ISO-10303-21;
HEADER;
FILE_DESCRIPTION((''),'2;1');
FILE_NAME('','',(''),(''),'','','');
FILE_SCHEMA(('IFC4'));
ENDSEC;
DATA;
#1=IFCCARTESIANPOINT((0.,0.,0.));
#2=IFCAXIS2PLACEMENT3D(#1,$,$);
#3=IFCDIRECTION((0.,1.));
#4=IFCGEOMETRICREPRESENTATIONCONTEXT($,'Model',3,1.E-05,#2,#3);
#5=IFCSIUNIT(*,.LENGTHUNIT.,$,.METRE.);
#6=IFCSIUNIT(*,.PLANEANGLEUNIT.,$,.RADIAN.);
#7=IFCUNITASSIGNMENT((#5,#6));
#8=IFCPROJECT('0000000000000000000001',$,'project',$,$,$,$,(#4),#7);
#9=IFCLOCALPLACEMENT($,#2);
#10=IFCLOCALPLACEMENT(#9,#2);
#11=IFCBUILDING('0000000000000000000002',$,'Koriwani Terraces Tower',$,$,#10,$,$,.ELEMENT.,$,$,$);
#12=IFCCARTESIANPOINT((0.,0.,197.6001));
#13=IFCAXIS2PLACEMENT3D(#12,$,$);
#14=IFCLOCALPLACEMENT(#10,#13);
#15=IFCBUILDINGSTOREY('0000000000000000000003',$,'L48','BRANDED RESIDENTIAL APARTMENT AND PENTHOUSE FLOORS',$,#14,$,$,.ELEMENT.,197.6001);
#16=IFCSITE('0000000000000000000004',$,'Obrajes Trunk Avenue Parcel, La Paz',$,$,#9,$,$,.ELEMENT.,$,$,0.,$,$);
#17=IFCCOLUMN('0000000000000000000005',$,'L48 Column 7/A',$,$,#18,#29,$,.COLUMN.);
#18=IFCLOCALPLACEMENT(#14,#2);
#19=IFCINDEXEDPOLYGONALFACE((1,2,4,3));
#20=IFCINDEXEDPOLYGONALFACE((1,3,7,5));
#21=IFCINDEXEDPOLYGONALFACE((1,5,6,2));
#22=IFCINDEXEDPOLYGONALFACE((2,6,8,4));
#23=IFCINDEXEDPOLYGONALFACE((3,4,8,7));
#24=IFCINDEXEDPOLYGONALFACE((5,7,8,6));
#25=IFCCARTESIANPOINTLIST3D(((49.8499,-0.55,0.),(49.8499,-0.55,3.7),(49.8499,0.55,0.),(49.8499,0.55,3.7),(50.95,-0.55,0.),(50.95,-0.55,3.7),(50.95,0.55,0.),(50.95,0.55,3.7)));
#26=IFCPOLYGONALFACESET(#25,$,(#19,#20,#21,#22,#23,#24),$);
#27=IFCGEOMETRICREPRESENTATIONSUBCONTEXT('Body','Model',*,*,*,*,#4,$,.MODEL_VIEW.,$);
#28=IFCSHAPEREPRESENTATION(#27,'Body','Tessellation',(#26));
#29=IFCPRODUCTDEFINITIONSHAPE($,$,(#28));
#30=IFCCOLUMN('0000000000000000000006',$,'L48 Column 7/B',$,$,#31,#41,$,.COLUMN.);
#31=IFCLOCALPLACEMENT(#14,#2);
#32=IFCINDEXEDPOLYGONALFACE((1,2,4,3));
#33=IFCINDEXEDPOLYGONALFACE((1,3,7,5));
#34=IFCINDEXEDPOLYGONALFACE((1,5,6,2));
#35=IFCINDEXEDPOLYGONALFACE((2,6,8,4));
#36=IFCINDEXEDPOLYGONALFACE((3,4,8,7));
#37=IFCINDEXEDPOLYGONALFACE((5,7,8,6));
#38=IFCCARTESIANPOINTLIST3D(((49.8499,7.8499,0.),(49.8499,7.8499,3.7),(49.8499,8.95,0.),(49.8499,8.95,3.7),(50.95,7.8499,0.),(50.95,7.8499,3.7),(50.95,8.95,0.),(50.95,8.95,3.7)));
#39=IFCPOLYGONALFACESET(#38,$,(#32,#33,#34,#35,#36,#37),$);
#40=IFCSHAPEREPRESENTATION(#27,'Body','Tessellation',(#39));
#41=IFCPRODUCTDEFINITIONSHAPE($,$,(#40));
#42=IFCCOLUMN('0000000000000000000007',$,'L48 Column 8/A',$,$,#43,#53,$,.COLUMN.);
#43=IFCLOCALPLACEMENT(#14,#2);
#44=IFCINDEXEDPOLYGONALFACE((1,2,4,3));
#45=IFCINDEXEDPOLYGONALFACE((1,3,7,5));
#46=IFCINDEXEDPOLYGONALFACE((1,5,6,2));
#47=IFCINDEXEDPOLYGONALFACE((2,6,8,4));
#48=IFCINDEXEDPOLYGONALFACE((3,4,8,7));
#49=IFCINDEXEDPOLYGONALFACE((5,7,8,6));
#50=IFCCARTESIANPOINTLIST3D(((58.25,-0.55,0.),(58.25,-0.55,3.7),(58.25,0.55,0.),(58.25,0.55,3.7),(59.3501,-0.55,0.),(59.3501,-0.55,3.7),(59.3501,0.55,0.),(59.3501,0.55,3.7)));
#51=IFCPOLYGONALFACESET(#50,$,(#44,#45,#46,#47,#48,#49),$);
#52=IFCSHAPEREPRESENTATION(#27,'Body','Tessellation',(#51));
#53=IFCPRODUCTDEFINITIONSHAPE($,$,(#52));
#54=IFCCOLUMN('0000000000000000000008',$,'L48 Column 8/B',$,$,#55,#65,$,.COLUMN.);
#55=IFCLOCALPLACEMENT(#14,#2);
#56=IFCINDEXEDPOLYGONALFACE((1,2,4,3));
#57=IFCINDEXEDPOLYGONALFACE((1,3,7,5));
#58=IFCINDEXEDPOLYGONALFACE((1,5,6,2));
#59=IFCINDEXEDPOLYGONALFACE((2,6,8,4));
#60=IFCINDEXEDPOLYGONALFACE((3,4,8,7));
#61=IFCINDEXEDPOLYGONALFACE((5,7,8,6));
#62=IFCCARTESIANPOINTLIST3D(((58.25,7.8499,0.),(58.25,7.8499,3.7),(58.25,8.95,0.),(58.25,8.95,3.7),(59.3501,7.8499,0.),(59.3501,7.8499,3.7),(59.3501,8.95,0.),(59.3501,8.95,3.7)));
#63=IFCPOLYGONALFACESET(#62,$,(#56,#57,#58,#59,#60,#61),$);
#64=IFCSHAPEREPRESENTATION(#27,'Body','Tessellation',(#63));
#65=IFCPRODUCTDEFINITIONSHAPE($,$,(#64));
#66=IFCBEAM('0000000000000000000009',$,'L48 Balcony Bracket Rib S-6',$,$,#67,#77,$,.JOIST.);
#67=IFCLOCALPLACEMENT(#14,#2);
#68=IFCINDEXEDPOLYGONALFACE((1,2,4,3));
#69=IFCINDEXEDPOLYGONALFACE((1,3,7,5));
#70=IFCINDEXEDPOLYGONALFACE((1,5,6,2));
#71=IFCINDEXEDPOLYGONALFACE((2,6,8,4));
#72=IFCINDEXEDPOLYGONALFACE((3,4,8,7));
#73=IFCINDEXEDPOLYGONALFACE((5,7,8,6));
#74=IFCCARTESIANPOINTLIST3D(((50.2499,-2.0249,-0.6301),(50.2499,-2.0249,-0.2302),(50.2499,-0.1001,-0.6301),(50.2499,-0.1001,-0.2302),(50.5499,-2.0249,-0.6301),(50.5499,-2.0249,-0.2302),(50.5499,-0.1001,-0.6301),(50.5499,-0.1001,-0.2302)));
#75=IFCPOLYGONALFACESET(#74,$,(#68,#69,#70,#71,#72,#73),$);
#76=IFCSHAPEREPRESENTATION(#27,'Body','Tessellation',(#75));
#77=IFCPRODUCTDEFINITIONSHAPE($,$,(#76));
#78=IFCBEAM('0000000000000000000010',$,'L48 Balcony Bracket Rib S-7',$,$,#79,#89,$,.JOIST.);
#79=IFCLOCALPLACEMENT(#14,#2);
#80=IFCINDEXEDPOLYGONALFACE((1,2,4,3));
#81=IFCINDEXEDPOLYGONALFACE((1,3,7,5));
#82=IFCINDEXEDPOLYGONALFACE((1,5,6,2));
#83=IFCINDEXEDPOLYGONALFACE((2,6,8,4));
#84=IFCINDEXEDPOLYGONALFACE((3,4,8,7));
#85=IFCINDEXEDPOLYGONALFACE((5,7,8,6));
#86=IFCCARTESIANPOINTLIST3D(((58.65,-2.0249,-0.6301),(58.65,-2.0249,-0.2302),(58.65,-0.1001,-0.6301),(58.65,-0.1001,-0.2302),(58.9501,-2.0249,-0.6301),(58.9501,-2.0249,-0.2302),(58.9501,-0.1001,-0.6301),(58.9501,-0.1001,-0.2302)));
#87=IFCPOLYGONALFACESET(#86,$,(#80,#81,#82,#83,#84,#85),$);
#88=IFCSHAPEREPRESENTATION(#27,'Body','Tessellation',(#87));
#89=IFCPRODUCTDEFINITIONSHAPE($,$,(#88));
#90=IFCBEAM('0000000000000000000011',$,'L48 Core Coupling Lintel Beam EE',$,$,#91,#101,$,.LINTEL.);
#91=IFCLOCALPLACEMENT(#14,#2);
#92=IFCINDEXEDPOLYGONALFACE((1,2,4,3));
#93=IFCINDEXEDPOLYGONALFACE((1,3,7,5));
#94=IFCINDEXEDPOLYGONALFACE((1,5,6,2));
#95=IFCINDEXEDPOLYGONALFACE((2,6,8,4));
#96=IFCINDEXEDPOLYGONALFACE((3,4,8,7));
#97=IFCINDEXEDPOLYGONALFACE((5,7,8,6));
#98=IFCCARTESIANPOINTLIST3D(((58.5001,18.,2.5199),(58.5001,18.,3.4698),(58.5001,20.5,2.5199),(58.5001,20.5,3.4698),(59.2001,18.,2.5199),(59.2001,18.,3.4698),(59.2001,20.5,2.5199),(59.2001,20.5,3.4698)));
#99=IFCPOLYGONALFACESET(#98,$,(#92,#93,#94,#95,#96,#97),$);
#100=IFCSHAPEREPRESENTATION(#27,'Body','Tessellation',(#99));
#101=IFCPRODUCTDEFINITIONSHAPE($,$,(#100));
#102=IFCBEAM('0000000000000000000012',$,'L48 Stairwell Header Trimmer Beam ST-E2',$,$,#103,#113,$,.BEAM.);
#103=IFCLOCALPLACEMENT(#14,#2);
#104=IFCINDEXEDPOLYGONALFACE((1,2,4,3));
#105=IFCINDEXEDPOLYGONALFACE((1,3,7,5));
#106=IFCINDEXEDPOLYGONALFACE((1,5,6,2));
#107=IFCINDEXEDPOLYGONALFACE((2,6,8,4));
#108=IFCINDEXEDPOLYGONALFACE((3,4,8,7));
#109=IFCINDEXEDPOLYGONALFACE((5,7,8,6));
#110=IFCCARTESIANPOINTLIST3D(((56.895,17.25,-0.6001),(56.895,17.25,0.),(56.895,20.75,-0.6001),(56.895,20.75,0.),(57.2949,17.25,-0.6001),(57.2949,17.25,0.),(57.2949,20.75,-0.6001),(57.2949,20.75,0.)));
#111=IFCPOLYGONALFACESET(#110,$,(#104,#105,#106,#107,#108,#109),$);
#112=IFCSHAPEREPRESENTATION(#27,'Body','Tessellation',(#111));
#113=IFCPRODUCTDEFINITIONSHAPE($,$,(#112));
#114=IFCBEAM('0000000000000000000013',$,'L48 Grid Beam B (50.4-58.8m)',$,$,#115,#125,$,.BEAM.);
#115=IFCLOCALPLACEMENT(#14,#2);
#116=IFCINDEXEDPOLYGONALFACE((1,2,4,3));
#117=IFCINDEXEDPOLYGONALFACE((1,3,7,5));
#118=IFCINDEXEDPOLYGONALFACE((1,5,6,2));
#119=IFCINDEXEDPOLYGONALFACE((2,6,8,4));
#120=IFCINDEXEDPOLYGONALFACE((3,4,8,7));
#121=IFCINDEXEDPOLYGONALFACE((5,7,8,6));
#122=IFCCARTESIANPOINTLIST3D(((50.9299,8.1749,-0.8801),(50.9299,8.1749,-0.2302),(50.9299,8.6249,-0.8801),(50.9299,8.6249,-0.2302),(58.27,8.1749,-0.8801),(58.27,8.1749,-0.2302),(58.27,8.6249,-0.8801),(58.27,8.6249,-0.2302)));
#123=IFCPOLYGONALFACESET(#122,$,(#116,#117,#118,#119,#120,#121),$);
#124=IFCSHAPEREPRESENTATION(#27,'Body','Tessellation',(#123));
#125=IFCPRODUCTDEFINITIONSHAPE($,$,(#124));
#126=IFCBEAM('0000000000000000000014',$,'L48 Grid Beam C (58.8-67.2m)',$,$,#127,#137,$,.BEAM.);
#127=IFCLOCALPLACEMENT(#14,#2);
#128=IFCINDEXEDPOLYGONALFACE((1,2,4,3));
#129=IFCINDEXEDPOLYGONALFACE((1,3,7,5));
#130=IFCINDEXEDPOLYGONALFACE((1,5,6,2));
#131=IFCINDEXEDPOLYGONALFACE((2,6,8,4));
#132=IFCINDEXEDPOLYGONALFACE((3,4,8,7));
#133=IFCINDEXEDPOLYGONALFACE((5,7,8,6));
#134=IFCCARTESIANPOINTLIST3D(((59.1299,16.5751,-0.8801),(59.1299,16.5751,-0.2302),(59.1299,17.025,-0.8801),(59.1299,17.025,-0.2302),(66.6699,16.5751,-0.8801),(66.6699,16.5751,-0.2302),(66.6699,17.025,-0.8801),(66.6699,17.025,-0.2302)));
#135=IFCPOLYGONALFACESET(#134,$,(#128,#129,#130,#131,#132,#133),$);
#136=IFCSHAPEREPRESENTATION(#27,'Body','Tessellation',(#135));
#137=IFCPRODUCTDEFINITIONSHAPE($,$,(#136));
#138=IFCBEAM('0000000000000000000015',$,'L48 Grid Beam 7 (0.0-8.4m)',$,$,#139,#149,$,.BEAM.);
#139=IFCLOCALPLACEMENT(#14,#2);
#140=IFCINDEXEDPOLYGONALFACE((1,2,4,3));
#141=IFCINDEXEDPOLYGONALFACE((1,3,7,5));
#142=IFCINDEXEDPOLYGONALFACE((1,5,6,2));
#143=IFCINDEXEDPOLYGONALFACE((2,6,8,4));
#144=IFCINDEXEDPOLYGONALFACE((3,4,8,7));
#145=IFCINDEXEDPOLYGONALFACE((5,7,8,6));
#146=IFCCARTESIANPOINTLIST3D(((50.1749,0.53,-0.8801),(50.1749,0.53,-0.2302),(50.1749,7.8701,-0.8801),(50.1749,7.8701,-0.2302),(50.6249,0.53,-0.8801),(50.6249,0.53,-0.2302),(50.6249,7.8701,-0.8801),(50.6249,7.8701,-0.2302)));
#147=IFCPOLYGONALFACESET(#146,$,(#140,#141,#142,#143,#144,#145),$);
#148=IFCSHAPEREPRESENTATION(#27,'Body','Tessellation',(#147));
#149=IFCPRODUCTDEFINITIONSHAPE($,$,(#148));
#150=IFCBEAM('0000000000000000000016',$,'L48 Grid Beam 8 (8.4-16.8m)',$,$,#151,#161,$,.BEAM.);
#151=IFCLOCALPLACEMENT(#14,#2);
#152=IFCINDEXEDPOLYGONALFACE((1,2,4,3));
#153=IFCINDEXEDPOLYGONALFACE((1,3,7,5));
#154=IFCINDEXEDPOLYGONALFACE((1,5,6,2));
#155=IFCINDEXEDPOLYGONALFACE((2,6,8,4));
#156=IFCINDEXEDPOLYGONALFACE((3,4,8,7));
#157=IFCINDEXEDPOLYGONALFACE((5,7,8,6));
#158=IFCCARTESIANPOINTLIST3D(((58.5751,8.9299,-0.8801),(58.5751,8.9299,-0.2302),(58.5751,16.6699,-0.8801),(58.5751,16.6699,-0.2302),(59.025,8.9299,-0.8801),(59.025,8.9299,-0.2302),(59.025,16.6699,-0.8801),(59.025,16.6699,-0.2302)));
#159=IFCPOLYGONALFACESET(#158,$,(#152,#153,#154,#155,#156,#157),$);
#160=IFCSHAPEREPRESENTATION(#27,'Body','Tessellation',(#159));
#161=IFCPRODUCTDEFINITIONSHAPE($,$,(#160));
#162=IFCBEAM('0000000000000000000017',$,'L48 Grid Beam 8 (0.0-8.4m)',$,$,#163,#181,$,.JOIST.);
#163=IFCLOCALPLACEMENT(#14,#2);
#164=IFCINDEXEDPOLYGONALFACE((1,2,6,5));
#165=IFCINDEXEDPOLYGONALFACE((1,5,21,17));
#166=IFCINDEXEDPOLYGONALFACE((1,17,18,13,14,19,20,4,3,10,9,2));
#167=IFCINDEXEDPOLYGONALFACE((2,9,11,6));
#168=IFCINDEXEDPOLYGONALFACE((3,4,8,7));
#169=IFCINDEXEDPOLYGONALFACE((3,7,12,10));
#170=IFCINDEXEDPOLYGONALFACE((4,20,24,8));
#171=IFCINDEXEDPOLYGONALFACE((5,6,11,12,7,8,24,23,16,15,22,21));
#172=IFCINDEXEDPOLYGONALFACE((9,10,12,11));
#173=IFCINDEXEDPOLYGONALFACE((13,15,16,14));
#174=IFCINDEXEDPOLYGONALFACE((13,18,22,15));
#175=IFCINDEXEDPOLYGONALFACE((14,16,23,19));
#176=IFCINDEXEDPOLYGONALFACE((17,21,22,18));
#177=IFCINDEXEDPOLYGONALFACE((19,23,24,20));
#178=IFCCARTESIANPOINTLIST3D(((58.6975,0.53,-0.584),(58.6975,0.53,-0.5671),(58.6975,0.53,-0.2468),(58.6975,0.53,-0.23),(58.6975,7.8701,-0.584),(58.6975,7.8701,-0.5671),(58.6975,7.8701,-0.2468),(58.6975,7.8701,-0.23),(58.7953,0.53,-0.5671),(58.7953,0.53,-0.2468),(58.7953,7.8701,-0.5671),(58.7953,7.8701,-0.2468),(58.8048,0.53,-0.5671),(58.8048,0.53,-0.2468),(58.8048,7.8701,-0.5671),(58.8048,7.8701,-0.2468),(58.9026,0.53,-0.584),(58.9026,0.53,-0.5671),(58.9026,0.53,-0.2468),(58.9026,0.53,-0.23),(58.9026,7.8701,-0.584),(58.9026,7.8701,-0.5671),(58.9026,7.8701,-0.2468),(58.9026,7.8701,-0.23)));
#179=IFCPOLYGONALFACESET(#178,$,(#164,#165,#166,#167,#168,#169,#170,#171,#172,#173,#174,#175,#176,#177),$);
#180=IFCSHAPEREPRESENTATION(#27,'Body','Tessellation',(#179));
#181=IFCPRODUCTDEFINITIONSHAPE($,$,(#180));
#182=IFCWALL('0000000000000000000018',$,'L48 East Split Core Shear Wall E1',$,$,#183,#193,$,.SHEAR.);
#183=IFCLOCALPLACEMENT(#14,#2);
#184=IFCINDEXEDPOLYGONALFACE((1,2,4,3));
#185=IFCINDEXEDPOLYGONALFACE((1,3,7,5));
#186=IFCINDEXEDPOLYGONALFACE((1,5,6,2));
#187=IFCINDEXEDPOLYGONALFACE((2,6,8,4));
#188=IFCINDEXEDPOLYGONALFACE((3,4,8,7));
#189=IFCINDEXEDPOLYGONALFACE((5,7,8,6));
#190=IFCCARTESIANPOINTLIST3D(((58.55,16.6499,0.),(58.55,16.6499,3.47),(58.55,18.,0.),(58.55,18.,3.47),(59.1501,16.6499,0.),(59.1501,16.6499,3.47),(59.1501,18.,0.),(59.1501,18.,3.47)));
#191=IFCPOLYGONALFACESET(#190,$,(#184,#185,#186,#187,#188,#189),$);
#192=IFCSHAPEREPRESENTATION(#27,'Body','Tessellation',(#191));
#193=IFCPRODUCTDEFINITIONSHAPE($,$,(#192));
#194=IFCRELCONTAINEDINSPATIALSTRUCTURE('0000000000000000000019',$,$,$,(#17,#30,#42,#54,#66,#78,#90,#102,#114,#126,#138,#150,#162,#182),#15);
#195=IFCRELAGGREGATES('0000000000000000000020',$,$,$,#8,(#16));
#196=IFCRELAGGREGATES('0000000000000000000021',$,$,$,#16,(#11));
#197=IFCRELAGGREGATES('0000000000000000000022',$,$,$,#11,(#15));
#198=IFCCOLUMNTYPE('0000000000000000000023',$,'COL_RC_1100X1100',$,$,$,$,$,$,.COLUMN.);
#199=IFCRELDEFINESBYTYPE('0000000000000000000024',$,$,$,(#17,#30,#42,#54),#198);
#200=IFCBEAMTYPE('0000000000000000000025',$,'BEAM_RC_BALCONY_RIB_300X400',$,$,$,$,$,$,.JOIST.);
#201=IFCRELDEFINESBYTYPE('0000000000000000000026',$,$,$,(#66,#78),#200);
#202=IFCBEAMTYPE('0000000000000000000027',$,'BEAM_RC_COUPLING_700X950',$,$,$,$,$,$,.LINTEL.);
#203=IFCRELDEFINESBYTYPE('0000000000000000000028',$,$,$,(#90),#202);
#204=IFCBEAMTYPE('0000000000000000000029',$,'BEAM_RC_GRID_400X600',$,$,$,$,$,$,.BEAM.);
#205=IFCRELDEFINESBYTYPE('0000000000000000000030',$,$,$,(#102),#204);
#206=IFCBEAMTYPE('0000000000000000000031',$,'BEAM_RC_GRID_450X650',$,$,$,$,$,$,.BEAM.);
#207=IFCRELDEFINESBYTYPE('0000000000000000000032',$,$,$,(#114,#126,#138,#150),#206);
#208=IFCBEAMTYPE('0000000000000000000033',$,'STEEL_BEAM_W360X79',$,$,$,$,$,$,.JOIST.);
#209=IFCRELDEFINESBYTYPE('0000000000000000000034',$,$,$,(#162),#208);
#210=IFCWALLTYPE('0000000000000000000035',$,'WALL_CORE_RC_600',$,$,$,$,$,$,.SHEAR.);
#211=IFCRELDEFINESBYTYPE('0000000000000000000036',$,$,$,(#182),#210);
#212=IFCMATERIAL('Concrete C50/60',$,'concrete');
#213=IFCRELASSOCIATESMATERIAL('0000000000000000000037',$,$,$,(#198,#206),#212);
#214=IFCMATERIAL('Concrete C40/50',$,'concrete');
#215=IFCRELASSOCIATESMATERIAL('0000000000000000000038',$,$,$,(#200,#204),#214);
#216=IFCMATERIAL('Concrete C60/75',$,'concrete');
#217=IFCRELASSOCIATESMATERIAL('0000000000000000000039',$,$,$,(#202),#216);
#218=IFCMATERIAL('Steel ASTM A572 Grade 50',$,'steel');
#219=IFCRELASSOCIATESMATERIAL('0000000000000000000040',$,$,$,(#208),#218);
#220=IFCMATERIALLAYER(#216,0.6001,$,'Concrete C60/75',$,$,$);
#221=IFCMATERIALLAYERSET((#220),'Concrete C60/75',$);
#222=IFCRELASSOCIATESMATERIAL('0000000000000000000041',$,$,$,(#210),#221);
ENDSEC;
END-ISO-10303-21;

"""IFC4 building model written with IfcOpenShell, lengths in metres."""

from ifc_helpers import new_model, si_unit, direction, frame, frame_2d, origin, origin_2d, place, context, subcontext, project, spatial, rectangle, i_section, extrude, material, layer, layer_set, material_profile, profile_set, type_object, element, save


model = new_model("IFC4")

# Units and contexts
model_context = context("Model", 3, precision=1e-05, world=origin(), true_north=direction((0.0, 1.0)))
body_context = subcontext(model_context, "Body", "Model", "MODEL_VIEW")
ifc_project = project(units=[si_unit("LENGTHUNIT", "METRE"), si_unit("PLANEANGLEUNIT", "RADIAN")], contexts=[model_context])

# Site, building, storey
site_placement = place(None, origin())
site = spatial("IfcSite", under=ifc_project, at=site_placement, Name="Obrajes Trunk Avenue Parcel, La Paz", CompositionType="ELEMENT", RefElevation=0.0)
building_placement = place(site_placement, origin())
building = spatial("IfcBuilding", under=site, at=building_placement, Name="Koriwani Terraces Tower", CompositionType="ELEMENT")
storey_placement = place(building_placement, frame((0.0, 0.0, 197.6001)))
storey = spatial("IfcBuildingStorey", under=building, at=storey_placement, Name="L48", Description="BRANDED RESIDENTIAL APARTMENT AND PENTHOUSE FLOORS", CompositionType="ELEMENT", Elevation=197.6001)

# Columns
ifc_material_1 = material(Name="Concrete C50/60", Category="concrete")
ifc_material_profile_1 = material_profile(ifc_material_1, rectangle(XDim=1.1001, YDim=1.1001, at=origin_2d()), Name="Concrete C50/60", Category="LoadBearing")
ifc_profile_set_1 = profile_set([ifc_material_profile_1], Name="Concrete C50/60")
column_type = type_object("IfcColumnType", Name="COL_RC_1100X1100", PredefinedType="COLUMN", material=ifc_profile_set_1)
for number, where, z_axis, x_axis, name in (
    (1, (50.3999, 0.0, 0.0), (0.0, 0.0, 1.0), (1.0, 0.0, 0.0), "L48 Column 7/A"),
    (2, (50.3999, 8.3999, 0.0), (0.0, 0.0, 1.0), (1.0, 0.0, 0.0), "L48 Column 7/B"),
    (3, (58.8, 0.0, 0.0), (0.0, 0.0, 1.0), (1.0, 0.0, 0.0), "L48 Column 8/A"),
    (4, (58.8, 8.3999, 0.0), (0.0, 0.0, 1.0), (1.0, 0.0, 0.0), "L48 Column 8/B"),
):
    element("IfcColumn", number, at=place(storey_placement, frame(where, z_axis=z_axis, x_axis=x_axis)), inside=storey, type_object=column_type, Name=name, PredefinedType="COLUMN", context=body_context, shape_type="SweptSolid", body=[
        extrude(rectangle(XDim=1.1001, YDim=1.1001, at=origin_2d()), origin(), (0.0, 0.0, 1.0), 3.7),
    ])

# Beams
ifc_material_2 = material(Name="Concrete C40/50", Category="concrete")
ifc_material_profile_2 = material_profile(ifc_material_2, rectangle(XDim=0.3, YDim=0.3999, at=origin_2d()), Name="Concrete C40/50", Category="LoadBearing")
ifc_profile_set_2 = profile_set([ifc_material_profile_2], Name="Concrete C40/50")
beam_type_1 = type_object("IfcBeamType", Name="BEAM_RC_BALCONY_RIB_300X400", PredefinedType="JOIST", material=ifc_profile_set_2)
for number, where, z_axis, x_axis, name in (
    (5, (50.3999, -2.0249, -0.4302), (0.0, 1.0, 0.0), (-1.0, 0.0, 0.0), "L48 Balcony Bracket Rib S-6"),
    (6, (58.8, -2.0249, -0.4302), (0.0, 1.0, 0.0), (-1.0, 0.0, 0.0), "L48 Balcony Bracket Rib S-7"),
):
    element("IfcBeam", number, at=place(storey_placement, frame(where, z_axis=z_axis, x_axis=x_axis)), inside=storey, type_object=beam_type_1, Name=name, PredefinedType="JOIST", context=body_context, shape_type="SweptSolid", body=[
        extrude(rectangle(XDim=0.3, YDim=0.3999, at=origin_2d()), origin(), (0.0, 0.0, 1.0), 1.9248),
    ])
ifc_material_3 = material(Name="Concrete C60/75", Category="concrete")
ifc_material_profile_3 = material_profile(ifc_material_3, rectangle(XDim=0.7, YDim=0.95, at=origin_2d()), Name="Concrete C60/75", Category="LoadBearing")
ifc_profile_set_3 = profile_set([ifc_material_profile_3], Name="Concrete C60/75")
beam_type_2 = type_object("IfcBeamType", Name="BEAM_RC_COUPLING_700X950", PredefinedType="LINTEL", material=ifc_profile_set_3)
beam_1_placement = place(storey_placement, frame((58.8501, 18.0, 2.9949), z_axis=(0.0, 1.0, 0.0), x_axis=(-1.0, 0.0, 0.0)))
element("IfcBeam", 7, at=beam_1_placement, inside=storey, type_object=beam_type_2, Name="L48 Core Coupling Lintel Beam EE", PredefinedType="LINTEL", context=body_context, shape_type="SweptSolid", body=[
    extrude(rectangle(XDim=0.7, YDim=0.95, at=origin_2d()), origin(), (0.0, 0.0, 1.0), 2.5),
])
ifc_material_profile_4 = material_profile(ifc_material_2, rectangle(XDim=0.3999, YDim=0.6001, at=origin_2d()), Name="Concrete C40/50", Category="LoadBearing")
ifc_profile_set_4 = profile_set([ifc_material_profile_4], Name="Concrete C40/50")
beam_type_3 = type_object("IfcBeamType", Name="BEAM_RC_GRID_400X600", PredefinedType="BEAM", material=ifc_profile_set_4)
beam_2_placement = place(storey_placement, frame((57.095, 17.25, -0.3), z_axis=(0.0, 1.0, 0.0), x_axis=(-1.0, 0.0, 0.0)))
element("IfcBeam", 8, at=beam_2_placement, inside=storey, type_object=beam_type_3, Name="L48 Stairwell Header Trimmer Beam ST-E2", PredefinedType="BEAM", context=body_context, shape_type="SweptSolid", body=[
    extrude(rectangle(XDim=0.3999, YDim=0.6001, at=origin_2d()), origin(), (0.0, 0.0, 1.0), 3.5),
])
ifc_material_profile_5 = material_profile(ifc_material_1, rectangle(XDim=0.45, YDim=0.6499, at=origin_2d()), Name="Concrete C50/60", Category="LoadBearing")
ifc_profile_set_5 = profile_set([ifc_material_profile_5], Name="Concrete C50/60")
beam_type_4 = type_object("IfcBeamType", Name="BEAM_RC_GRID_450X650", PredefinedType="BEAM", material=ifc_profile_set_5)
beam_3_placement = place(storey_placement, frame((50.9299, 8.3999, -0.5552), z_axis=(1.0, 0.0, 0.0), x_axis=(0.0, 1.0, 0.0)))
element("IfcBeam", 9, at=beam_3_placement, inside=storey, type_object=beam_type_4, Name="L48 Grid Beam B (50.4-58.8m)", PredefinedType="BEAM", context=body_context, shape_type="SweptSolid", body=[
    extrude(rectangle(XDim=0.45, YDim=0.6499, at=origin_2d()), origin(), (0.0, 0.0, 1.0), 7.3401),
])
beam_4_placement = place(storey_placement, frame((59.1299, 16.8, -0.5552), z_axis=(1.0, 0.0, 0.0), x_axis=(0.0, 1.0, 0.0)))
element("IfcBeam", 10, at=beam_4_placement, inside=storey, type_object=beam_type_4, Name="L48 Grid Beam C (58.8-67.2m)", PredefinedType="BEAM", context=body_context, shape_type="SweptSolid", body=[
    extrude(rectangle(XDim=0.45, YDim=0.6499, at=origin_2d()), origin(), (0.0, 0.0, 1.0), 7.54),
])
beam_5_placement = place(storey_placement, frame((50.3999, 0.53, -0.5552), z_axis=(0.0, 1.0, 0.0), x_axis=(-1.0, 0.0, 0.0)))
element("IfcBeam", 11, at=beam_5_placement, inside=storey, type_object=beam_type_4, Name="L48 Grid Beam 7 (0.0-8.4m)", PredefinedType="BEAM", context=body_context, shape_type="SweptSolid", body=[
    extrude(rectangle(XDim=0.45, YDim=0.6499, at=origin_2d()), origin(), (0.0, 0.0, 1.0), 7.3401),
])
beam_6_placement = place(storey_placement, frame((58.8, 8.9299, -0.5552), z_axis=(0.0, 1.0, 0.0), x_axis=(-1.0, 0.0, 0.0)))
element("IfcBeam", 12, at=beam_6_placement, inside=storey, type_object=beam_type_4, Name="L48 Grid Beam 8 (8.4-16.8m)", PredefinedType="BEAM", context=body_context, shape_type="SweptSolid", body=[
    extrude(rectangle(XDim=0.45, YDim=0.6499, at=origin_2d()), origin(), (0.0, 0.0, 1.0), 7.74),
])
ifc_material_4 = material(Name="Steel ASTM A572 Grade 50", Category="steel")
ifc_material_profile_6 = material_profile(ifc_material_4, i_section(OverallWidth=0.2051, OverallDepth=0.354, WebThickness=0.0095, FlangeThickness=0.0168, at=origin_2d()), Name="Steel ASTM A572 Grade 50", Category="LoadBearing")
ifc_profile_set_6 = profile_set([ifc_material_profile_6], Name="Steel ASTM A572 Grade 50")
beam_type_5 = type_object("IfcBeamType", Name="STEEL_BEAM_W360X79", PredefinedType="JOIST", material=ifc_profile_set_6)
beam_7_placement = place(storey_placement, frame((58.8, 0.53, -0.407), z_axis=(0.0, 1.0, 0.0), x_axis=(-1.0, 0.0, 0.0)))
element("IfcBeam", 13, at=beam_7_placement, inside=storey, type_object=beam_type_5, Name="L48 Grid Beam 8 (0.0-8.4m)", PredefinedType="JOIST", context=body_context, shape_type="SweptSolid", body=[
    extrude(i_section(OverallWidth=0.2051, OverallDepth=0.354, WebThickness=0.0095, FlangeThickness=0.0168, at=origin_2d()), origin(), (0.0, 0.0, 1.0), 7.3401),
])

# Wall
ifc_layer_1 = layer(ifc_material_3, 0.6001, Name="Concrete C60/75")
ifc_layer_set_1 = layer_set([ifc_layer_1], Name="Concrete C60/75")
wall_type_1 = type_object("IfcWallType", Name="WALL_CORE_RC_600", PredefinedType="SHEAR", material=ifc_layer_set_1)
wall_1_placement = place(storey_placement, frame((58.8501, 16.6499, 0.0), z_axis=(0.0, 0.0, 1.0), x_axis=(0.0, 1.0, 0.0)))
element("IfcWall", 14, at=wall_1_placement, inside=storey, type_object=wall_type_1, Name="L48 East Split Core Shear Wall E1", PredefinedType="SHEAR", context=body_context, shape_type="SweptSolid", body=[
    extrude(rectangle(XDim=1.3501, YDim=0.6001, at=frame_2d((0.675, 0.0))), origin(), (0.0, 0.0, 1.0), 3.47),
])

save(model, "model.ifc")
